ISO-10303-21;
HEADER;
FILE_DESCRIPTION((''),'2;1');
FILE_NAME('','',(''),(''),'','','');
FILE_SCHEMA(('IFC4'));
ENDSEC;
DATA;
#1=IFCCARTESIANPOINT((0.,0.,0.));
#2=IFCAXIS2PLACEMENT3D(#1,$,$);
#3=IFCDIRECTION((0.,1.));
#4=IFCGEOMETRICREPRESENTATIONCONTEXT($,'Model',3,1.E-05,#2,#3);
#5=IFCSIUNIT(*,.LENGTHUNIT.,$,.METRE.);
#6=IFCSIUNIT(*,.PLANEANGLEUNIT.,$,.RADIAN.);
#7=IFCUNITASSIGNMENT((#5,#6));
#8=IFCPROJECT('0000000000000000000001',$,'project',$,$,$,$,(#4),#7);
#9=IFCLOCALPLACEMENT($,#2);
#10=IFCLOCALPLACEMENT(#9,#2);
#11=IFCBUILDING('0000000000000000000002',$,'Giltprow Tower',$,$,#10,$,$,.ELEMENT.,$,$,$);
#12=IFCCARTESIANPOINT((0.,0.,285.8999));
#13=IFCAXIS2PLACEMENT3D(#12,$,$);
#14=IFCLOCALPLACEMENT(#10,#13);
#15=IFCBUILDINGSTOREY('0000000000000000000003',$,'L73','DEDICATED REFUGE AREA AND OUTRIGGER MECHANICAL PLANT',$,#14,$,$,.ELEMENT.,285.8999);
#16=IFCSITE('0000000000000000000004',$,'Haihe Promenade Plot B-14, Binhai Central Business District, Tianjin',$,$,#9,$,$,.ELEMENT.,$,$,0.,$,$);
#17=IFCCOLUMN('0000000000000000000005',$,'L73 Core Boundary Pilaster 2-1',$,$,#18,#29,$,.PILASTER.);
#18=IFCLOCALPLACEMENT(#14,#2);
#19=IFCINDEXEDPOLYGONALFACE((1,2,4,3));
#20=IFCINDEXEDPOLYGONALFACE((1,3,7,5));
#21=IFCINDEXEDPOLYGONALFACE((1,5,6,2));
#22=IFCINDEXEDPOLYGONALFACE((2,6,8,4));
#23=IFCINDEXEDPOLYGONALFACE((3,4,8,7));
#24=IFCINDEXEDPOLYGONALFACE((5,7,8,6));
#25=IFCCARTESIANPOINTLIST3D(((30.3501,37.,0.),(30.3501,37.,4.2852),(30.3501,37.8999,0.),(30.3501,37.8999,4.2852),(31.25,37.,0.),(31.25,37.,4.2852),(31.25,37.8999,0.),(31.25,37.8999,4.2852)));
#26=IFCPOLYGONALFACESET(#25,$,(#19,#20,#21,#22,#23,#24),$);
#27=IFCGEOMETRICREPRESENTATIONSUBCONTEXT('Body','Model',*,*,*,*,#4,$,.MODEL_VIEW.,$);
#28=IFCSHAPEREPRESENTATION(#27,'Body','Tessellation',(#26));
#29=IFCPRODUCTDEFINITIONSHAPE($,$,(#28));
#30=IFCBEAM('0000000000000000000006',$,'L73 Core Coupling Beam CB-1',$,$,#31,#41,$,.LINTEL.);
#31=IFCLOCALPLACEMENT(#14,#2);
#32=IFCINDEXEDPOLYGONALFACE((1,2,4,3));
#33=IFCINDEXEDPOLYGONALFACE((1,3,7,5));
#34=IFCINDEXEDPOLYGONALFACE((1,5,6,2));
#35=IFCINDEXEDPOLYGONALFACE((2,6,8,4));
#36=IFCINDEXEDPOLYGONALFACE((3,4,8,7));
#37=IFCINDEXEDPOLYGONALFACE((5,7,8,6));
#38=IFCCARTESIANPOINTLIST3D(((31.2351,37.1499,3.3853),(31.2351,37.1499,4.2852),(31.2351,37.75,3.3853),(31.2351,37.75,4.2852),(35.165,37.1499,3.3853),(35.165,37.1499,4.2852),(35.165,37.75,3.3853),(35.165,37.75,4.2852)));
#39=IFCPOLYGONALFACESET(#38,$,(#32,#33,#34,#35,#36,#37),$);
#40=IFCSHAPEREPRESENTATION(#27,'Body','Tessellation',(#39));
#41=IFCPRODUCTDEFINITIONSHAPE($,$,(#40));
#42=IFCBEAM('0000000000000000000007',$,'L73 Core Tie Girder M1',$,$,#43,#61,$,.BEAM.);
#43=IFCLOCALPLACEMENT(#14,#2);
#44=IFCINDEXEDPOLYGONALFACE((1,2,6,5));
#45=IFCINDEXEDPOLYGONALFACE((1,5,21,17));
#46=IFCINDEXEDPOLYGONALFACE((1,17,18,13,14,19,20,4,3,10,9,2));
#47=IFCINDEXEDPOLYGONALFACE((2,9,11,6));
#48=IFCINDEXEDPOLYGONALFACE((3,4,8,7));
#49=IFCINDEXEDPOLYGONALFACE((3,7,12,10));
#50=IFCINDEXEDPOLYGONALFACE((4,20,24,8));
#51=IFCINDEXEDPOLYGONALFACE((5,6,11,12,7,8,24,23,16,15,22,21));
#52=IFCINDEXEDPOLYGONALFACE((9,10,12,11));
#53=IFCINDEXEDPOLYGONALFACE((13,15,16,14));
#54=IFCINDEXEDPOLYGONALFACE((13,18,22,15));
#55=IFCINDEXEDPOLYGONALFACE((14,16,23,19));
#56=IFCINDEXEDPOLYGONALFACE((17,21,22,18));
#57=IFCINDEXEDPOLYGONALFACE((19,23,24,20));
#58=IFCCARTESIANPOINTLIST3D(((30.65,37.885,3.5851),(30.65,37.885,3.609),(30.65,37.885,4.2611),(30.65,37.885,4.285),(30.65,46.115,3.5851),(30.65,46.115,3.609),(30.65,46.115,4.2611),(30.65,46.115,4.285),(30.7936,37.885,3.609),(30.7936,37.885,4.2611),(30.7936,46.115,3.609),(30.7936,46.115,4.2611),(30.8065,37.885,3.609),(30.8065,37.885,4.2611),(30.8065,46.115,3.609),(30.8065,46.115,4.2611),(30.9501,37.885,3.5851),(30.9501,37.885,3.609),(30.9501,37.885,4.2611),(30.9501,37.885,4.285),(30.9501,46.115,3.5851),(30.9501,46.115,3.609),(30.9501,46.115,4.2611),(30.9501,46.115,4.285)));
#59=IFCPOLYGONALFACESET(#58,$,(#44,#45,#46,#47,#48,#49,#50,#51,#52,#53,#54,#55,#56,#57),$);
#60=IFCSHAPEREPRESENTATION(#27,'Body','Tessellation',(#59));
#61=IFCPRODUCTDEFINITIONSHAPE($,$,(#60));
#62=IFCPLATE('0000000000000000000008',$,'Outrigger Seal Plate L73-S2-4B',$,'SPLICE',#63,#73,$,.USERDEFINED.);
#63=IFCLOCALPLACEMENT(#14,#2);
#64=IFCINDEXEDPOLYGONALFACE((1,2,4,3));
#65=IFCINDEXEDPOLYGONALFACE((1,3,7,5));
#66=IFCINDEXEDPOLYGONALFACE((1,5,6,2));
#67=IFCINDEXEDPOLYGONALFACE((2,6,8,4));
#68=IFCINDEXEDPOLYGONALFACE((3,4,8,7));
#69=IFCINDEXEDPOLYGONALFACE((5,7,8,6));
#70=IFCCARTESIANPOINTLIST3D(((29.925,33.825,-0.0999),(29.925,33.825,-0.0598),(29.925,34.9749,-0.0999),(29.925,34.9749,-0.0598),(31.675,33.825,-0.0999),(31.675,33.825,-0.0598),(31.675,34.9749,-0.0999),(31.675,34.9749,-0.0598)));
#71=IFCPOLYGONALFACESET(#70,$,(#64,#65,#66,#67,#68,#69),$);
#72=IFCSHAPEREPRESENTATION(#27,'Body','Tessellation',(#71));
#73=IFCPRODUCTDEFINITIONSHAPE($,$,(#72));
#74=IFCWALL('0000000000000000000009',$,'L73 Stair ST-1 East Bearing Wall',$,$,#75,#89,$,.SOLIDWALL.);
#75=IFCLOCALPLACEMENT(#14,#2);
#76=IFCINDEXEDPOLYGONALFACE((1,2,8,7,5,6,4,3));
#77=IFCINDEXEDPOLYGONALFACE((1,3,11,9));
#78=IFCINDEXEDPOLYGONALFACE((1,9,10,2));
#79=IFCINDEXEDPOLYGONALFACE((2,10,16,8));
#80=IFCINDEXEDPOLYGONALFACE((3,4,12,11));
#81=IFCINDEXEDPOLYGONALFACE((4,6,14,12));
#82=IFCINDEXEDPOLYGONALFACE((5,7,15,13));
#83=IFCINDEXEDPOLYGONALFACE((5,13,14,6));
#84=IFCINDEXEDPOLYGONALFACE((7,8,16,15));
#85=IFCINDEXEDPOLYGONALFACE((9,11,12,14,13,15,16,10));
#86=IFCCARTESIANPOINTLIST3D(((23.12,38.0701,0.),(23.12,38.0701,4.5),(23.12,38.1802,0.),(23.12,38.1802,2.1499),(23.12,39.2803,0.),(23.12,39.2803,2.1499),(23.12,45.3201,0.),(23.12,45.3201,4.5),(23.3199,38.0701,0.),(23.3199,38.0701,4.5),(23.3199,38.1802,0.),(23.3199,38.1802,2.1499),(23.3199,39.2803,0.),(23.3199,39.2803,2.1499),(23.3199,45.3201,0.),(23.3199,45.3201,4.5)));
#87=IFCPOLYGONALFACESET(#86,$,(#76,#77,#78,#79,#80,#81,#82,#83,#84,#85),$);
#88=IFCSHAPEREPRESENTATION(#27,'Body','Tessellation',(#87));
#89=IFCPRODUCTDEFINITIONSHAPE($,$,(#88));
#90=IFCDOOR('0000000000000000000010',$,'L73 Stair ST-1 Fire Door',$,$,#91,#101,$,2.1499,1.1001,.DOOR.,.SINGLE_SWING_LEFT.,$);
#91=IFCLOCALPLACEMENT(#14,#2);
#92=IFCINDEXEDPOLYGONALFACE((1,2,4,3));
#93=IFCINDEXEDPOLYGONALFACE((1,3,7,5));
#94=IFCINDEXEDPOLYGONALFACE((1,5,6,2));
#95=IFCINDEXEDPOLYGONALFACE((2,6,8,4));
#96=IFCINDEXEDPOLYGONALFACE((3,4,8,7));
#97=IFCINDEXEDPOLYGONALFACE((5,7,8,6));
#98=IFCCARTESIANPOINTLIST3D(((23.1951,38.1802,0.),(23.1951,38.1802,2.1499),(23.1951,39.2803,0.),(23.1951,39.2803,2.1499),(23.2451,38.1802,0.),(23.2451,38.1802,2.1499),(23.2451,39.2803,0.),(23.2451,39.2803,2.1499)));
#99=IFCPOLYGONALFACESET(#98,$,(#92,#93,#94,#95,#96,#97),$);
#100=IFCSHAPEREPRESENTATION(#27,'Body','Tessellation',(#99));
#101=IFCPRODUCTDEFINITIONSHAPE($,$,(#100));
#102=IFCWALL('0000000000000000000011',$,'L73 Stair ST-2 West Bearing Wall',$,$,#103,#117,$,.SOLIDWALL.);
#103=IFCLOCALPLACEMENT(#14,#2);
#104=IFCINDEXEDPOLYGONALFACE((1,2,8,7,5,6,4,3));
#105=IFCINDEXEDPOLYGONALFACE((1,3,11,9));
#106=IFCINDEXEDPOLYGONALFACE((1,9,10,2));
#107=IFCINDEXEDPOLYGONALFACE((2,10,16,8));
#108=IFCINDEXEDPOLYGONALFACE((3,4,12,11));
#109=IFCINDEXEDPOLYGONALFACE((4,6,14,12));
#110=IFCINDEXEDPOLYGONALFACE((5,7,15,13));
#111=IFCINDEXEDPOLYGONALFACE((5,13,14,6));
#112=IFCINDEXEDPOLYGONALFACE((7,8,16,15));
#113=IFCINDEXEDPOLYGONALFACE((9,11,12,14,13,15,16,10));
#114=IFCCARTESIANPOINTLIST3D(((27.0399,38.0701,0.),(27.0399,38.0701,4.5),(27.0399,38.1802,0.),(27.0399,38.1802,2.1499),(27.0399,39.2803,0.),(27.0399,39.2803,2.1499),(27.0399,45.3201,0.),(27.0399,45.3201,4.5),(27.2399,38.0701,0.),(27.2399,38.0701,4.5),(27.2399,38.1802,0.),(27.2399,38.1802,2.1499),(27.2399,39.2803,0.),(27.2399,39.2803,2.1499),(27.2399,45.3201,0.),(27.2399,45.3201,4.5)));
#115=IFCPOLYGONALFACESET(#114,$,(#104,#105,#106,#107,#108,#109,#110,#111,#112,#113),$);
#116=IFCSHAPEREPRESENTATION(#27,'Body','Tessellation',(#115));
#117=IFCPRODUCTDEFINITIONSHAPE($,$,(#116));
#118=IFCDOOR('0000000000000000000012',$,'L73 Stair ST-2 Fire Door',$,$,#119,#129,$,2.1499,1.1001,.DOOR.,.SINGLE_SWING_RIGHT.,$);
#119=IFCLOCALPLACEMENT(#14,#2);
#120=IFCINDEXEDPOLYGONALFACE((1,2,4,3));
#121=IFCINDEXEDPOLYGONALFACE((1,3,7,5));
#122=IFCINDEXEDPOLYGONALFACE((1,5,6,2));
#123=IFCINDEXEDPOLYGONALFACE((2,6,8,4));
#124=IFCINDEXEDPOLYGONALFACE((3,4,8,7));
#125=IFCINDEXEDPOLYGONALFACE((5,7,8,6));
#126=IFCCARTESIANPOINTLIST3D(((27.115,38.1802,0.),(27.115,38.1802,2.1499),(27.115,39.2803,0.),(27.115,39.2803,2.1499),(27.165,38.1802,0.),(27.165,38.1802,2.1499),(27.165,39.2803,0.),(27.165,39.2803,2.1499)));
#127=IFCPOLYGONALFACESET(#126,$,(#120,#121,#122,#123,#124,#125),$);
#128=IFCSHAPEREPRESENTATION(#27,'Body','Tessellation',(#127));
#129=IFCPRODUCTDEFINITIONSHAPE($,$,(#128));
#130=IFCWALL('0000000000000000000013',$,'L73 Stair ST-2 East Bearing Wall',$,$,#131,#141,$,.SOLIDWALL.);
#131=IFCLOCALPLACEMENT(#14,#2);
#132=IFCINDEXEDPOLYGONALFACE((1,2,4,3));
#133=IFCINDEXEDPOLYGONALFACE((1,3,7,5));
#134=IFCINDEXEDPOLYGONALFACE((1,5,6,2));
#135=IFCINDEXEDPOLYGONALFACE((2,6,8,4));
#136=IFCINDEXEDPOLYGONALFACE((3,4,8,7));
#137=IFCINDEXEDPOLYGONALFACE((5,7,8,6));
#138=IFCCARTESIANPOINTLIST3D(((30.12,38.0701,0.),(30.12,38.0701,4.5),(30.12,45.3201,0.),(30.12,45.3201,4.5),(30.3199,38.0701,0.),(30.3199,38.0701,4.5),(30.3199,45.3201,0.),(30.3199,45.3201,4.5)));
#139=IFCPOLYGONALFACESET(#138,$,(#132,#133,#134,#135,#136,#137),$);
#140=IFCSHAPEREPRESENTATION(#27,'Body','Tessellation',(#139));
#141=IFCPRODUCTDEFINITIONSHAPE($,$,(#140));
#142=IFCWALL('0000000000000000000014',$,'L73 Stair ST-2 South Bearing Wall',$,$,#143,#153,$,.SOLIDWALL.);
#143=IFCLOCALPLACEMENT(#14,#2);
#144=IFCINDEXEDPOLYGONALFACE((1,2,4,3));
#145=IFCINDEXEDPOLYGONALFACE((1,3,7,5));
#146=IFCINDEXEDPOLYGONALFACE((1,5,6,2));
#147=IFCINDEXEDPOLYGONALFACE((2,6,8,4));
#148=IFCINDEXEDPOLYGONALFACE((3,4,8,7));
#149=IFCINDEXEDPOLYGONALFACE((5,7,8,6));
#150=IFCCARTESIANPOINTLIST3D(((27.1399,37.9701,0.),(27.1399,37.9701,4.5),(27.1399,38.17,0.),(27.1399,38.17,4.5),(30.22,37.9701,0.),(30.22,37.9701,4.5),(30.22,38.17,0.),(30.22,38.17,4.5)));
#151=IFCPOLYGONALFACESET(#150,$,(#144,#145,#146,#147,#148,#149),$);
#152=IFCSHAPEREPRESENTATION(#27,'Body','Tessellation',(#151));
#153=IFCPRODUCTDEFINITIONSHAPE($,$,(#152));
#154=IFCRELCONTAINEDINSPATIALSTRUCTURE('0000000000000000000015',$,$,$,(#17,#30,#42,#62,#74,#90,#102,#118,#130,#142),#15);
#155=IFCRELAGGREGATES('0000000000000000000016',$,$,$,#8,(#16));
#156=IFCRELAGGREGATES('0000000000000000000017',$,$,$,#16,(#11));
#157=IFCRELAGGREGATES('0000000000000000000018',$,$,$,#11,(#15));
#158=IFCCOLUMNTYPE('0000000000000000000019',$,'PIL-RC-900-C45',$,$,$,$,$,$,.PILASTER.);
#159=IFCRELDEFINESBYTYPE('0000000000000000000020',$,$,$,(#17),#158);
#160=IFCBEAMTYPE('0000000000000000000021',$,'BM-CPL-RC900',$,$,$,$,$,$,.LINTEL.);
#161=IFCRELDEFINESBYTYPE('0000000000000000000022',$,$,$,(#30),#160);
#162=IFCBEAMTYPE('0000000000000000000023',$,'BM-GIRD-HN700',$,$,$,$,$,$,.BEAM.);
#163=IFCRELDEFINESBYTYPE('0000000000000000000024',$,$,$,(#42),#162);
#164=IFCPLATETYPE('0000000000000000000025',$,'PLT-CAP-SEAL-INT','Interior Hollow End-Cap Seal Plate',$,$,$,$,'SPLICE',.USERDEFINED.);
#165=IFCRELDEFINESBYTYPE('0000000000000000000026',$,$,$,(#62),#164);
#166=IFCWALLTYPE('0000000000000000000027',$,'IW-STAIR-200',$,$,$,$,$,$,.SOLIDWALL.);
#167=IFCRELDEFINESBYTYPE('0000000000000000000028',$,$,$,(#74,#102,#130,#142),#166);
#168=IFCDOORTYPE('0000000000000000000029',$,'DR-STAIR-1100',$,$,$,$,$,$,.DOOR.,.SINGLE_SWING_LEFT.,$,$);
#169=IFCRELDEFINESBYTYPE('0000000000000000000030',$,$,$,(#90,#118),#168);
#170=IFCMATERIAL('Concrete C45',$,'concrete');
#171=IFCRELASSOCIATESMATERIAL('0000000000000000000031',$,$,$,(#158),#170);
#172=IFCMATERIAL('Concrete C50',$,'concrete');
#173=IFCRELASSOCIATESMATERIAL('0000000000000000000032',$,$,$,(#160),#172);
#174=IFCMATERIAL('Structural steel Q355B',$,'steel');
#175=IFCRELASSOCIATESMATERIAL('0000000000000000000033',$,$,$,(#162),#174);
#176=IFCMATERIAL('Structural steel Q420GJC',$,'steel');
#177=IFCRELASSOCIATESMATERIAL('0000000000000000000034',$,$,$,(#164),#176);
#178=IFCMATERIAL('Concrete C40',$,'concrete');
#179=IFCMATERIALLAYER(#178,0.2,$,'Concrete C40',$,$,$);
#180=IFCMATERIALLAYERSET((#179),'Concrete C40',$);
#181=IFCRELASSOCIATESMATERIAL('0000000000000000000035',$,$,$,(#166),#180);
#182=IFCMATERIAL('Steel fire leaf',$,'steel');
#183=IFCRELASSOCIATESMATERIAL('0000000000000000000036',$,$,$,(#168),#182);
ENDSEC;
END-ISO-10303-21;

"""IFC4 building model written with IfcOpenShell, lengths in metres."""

from ifc_helpers import new_model, si_unit, direction, frame, frame_2d, origin, origin_2d, place, context, subcontext, project, spatial, rectangle, i_section, extrude, source, transform, mapped, material, layer, layer_set, material_profile, profile_set, type_object, element, fill, save


model = new_model("IFC4")

# Units and contexts
model_context = context("Model", 3, precision=1e-05, world=origin(), true_north=direction((0.0, 1.0)))
body_context = subcontext(model_context, "Body", "Model", "MODEL_VIEW")
ifc_project = project(units=[si_unit("LENGTHUNIT", "METRE"), si_unit("PLANEANGLEUNIT", "RADIAN")], contexts=[model_context])

# Site, building, storey
site_placement = place(None, origin())
site = spatial("IfcSite", under=ifc_project, at=site_placement, Name="Haihe Promenade Plot B-14, Binhai Central Business District, Tianjin", CompositionType="ELEMENT", RefElevation=0.0)
building_placement = place(site_placement, origin())
building = spatial("IfcBuilding", under=site, at=building_placement, Name="Giltprow Tower", CompositionType="ELEMENT")
storey_placement = place(building_placement, frame((0.0, 0.0, 285.8999)))
storey = spatial("IfcBuildingStorey", under=building, at=storey_placement, Name="L73", Description="DEDICATED REFUGE AREA AND OUTRIGGER MECHANICAL PLANT", CompositionType="ELEMENT", Elevation=285.8999)

# Column
ifc_material_1 = material(Name="Concrete C45", Category="concrete")
ifc_material_profile_1 = material_profile(ifc_material_1, rectangle(XDim=0.8999, YDim=0.8999, at=origin_2d()), Name="RC 900x900")
ifc_profile_set_1 = profile_set([ifc_material_profile_1], Name="Concrete C45")
column_type = type_object("IfcColumnType", Name="PIL-RC-900-C45", PredefinedType="PILASTER", material=ifc_profile_set_1)
shared_shape_1 = source(origin(), body_context, "Body", "SweptSolid", [
    extrude(rectangle(XDim=0.8999, YDim=0.8999, at=origin_2d()), origin(), (0.0, 0.0, 1.0), 4.2852),
])
column_placement = place(storey_placement, frame((30.8, 37.45, 0.0), z_axis=(0.0, 0.0, 1.0), x_axis=(1.0, 0.0, 0.0)))
element("IfcColumn", 1, at=column_placement, inside=storey, type_object=column_type, Name="L73 Core Boundary Pilaster 2-1", PredefinedType="PILASTER", context=body_context, shape_type="MappedRepresentation", body=[
    mapped(shared_shape_1, transform((0.0, 0.0, 0.0), x_axis=(1.0, 0.0, 0.0), y_axis=(0.0, 1.0, 0.0), z_axis=(0.0, 0.0, 1.0), scale=1.0)),
])

# Beams
ifc_material_2 = material(Name="Concrete C50", Category="concrete")
ifc_material_profile_2 = material_profile(ifc_material_2, rectangle(XDim=0.6001, YDim=0.8999, at=origin_2d()), Name="RC 900x600")
ifc_profile_set_2 = profile_set([ifc_material_profile_2], Name="Concrete C50")
beam_type_1 = type_object("IfcBeamType", Name="BM-CPL-RC900", PredefinedType="LINTEL", material=ifc_profile_set_2)
shared_shape_2 = source(origin(), body_context, "Body", "SweptSolid", [
    extrude(rectangle(XDim=0.6001, YDim=0.8999, at=origin_2d()), origin(), (0.0, 0.0, 1.0), 3.9299),
])
beam_1_placement = place(storey_placement, frame((31.2351, 37.45, 3.8352), z_axis=(1.0, 0.0, 0.0), x_axis=(0.0, 1.0, 0.0)))
element("IfcBeam", 2, at=beam_1_placement, inside=storey, type_object=beam_type_1, Name="L73 Core Coupling Beam CB-1", PredefinedType="LINTEL", context=body_context, shape_type="MappedRepresentation", body=[
    mapped(shared_shape_2, transform((0.0, 0.0, 0.0), x_axis=(1.0, 0.0, 0.0), y_axis=(0.0, 1.0, 0.0), z_axis=(0.0, 0.0, 1.0), scale=1.0)),
])
ifc_material_3 = material(Name="Structural steel Q355B", Category="steel")
ifc_material_profile_3 = material_profile(ifc_material_3, i_section(OverallWidth=0.3, OverallDepth=0.7, WebThickness=0.0129, FlangeThickness=0.0239, at=origin_2d()), Name="HN 700x300x13x24")
ifc_profile_set_3 = profile_set([ifc_material_profile_3], Name="Structural steel Q355B")
beam_type_2 = type_object("IfcBeamType", Name="BM-GIRD-HN700", PredefinedType="BEAM", material=ifc_profile_set_3)
shared_shape_3 = source(origin(), body_context, "Body", "SweptSolid", [
    extrude(i_section(OverallWidth=0.3, OverallDepth=0.7, WebThickness=0.0129, FlangeThickness=0.0239, at=origin_2d()), origin(), (0.0, 0.0, 1.0), 8.23),
])
beam_2_placement = place(storey_placement, frame((30.8, 37.885, 3.9351), z_axis=(0.0, 1.0, 0.0), x_axis=(-1.0, 0.0, 0.0)))
element("IfcBeam", 3, at=beam_2_placement, inside=storey, type_object=beam_type_2, Name="L73 Core Tie Girder M1", PredefinedType="BEAM", context=body_context, shape_type="MappedRepresentation", body=[
    mapped(shared_shape_3, transform((0.0, 0.0, 0.0), x_axis=(1.0, 0.0, 0.0), y_axis=(0.0, 1.0, 0.0), z_axis=(0.0, 0.0, 1.0), scale=1.0)),
])

# Plate
ifc_material_4 = material(Name="Structural steel Q420GJC", Category="steel")
plate_type = type_object("IfcPlateType", Name="PLT-CAP-SEAL-INT", Description="Interior Hollow End-Cap Seal Plate", ElementType="SPLICE", PredefinedType="USERDEFINED", material=ifc_material_4)
shared_shape_4 = source(origin(), body_context, "Body", "SweptSolid", [
    extrude(rectangle(XDim=1.75, YDim=1.1499, at=origin_2d()), origin(), (0.0, 0.0, 1.0), 0.04),
])
plate_placement = place(storey_placement, frame((30.8, 34.3999, -0.0999), z_axis=(0.0, 0.0, 1.0), x_axis=(1.0, 0.0, 0.0)))
element("IfcPlate", 4, at=plate_placement, inside=storey, type_object=plate_type, Name="Outrigger Seal Plate L73-S2-4B", ObjectType="SPLICE", PredefinedType="USERDEFINED", context=body_context, shape_type="MappedRepresentation", body=[
    mapped(shared_shape_4, transform((0.0, 0.0, 0.0), x_axis=(1.0, 0.0, 0.0), y_axis=(0.0, 1.0, 0.0), z_axis=(0.0, 0.0, 1.0), scale=1.0)),
])

# Walls, openings, doors
ifc_material_5 = material(Name="Concrete C40", Category="concrete")
ifc_layer_1 = layer(ifc_material_5, 0.2, Name="Concrete C40")
ifc_layer_set_1 = layer_set([ifc_layer_1], Name="Concrete C40")
wall_type_1 = type_object("IfcWallType", Name="IW-STAIR-200", PredefinedType="SOLIDWALL", material=ifc_layer_set_1)
wall_1_placement = place(storey_placement, frame((23.22, 38.0701, 0.0), z_axis=(0.0, 0.0, 1.0), x_axis=(0.0, 1.0, 0.0)))
wall_1 = element("IfcWall", 5, at=wall_1_placement, inside=storey, type_object=wall_type_1, Name="L73 Stair ST-1 East Bearing Wall", PredefinedType="SOLIDWALL", context=body_context, shape_type="SweptSolid", body=[
    extrude(rectangle(XDim=7.25, YDim=0.2, at=frame_2d((3.625, 0.0))), origin(), (0.0, 0.0, 1.0), 4.5),
])
opening_1_placement = place(wall_1_placement, frame((0.1101, 0.0, 0.0)))
opening_1 = element("IfcOpeningElement", 6, at=opening_1_placement, cuts=wall_1, PredefinedType="OPENING", context=body_context, shape_type="SweptSolid", body=[
    extrude(rectangle(XDim=1.1001, YDim=2.1499, at=frame_2d((0.55, 1.075))), frame((0.0, 0.1099, 0.0), z_axis=(0.0, -1.0, 0.0), x_axis=(1.0, 0.0, 0.0)), (0.0, 0.0, 1.0), 0.22),
])
ifc_material_6 = material(Name="Steel fire leaf", Category="steel")
door_type_1 = type_object("IfcDoorType", Name="DR-STAIR-1100", OperationType="SINGLE_SWING_LEFT", PredefinedType="DOOR", material=ifc_material_6)
shared_shape_5 = source(origin(), body_context, "Body", "SweptSolid", [
    extrude(rectangle(XDim=1.1001, YDim=2.1499, at=frame_2d((0.55, 1.075))), frame((0.0, 0.0249, 0.0), z_axis=(0.0, -1.0, 0.0), x_axis=(1.0, 0.0, 0.0)), (0.0, 0.0, 1.0), 0.05),
])
door_1_placement = place(opening_1_placement, origin())
door_1 = element("IfcDoor", 7, at=door_1_placement, inside=storey, type_object=door_type_1, Name="L73 Stair ST-1 Fire Door", OperationType="SINGLE_SWING_LEFT", OverallHeight=2.1499, OverallWidth=1.1001, PredefinedType="DOOR", context=body_context, shape_type="MappedRepresentation", body=[
    mapped(shared_shape_5, transform((0.0, 0.0, 0.0), x_axis=(1.0, 0.0, 0.0), y_axis=(0.0, 1.0, 0.0), z_axis=(0.0, 0.0, 1.0), scale=1.0)),
])
fill(opening_1, door_1)
wall_2_placement = place(storey_placement, frame((27.1399, 38.0701, 0.0), z_axis=(0.0, 0.0, 1.0), x_axis=(0.0, 1.0, 0.0)))
wall_2 = element("IfcWall", 8, at=wall_2_placement, inside=storey, type_object=wall_type_1, Name="L73 Stair ST-2 West Bearing Wall", PredefinedType="SOLIDWALL", context=body_context, shape_type="SweptSolid", body=[
    extrude(rectangle(XDim=7.25, YDim=0.2, at=frame_2d((3.625, 0.0))), origin(), (0.0, 0.0, 1.0), 4.5),
])
opening_2_placement = place(wall_2_placement, frame((0.1101, 0.0, 0.0)))
opening_2 = element("IfcOpeningElement", 9, at=opening_2_placement, cuts=wall_2, PredefinedType="OPENING", context=body_context, shape_type="SweptSolid", body=[
    extrude(rectangle(XDim=1.1001, YDim=2.1499, at=frame_2d((0.55, 1.075))), frame((0.0, 0.1099, 0.0), z_axis=(0.0, -1.0, 0.0), x_axis=(1.0, 0.0, 0.0)), (0.0, 0.0, 1.0), 0.22),
])
door_2_placement = place(opening_2_placement, origin())
door_2 = element("IfcDoor", 10, at=door_2_placement, inside=storey, type_object=door_type_1, Name="L73 Stair ST-2 Fire Door", OperationType="SINGLE_SWING_RIGHT", OverallHeight=2.1499, OverallWidth=1.1001, PredefinedType="DOOR", context=body_context, shape_type="MappedRepresentation", body=[
    mapped(shared_shape_5, transform((0.0, 0.0, 0.0), x_axis=(1.0, 0.0, 0.0), y_axis=(0.0, 1.0, 0.0), z_axis=(0.0, 0.0, 1.0), scale=1.0)),
])
fill(opening_2, door_2)

# Walls
wall_3_placement = place(storey_placement, frame((30.22, 38.0701, 0.0), z_axis=(0.0, 0.0, 1.0), x_axis=(0.0, 1.0, 0.0)))
element("IfcWall", 11, at=wall_3_placement, inside=storey, type_object=wall_type_1, Name="L73 Stair ST-2 East Bearing Wall", PredefinedType="SOLIDWALL", context=body_context, shape_type="SweptSolid", body=[
    extrude(rectangle(XDim=7.25, YDim=0.2, at=frame_2d((3.625, 0.0))), origin(), (0.0, 0.0, 1.0), 4.5),
])
wall_4_placement = place(storey_placement, frame((27.1399, 38.0701, 0.0), z_axis=(0.0, 0.0, 1.0), x_axis=(1.0, 0.0, 0.0)))
element("IfcWall", 12, at=wall_4_placement, inside=storey, type_object=wall_type_1, Name="L73 Stair ST-2 South Bearing Wall", PredefinedType="SOLIDWALL", context=body_context, shape_type="SweptSolid", body=[
    extrude(rectangle(XDim=3.0801, YDim=0.2, at=frame_2d((1.54, 0.0))), origin(), (0.0, 0.0, 1.0), 4.5),
])

save(model, "model.ifc")
